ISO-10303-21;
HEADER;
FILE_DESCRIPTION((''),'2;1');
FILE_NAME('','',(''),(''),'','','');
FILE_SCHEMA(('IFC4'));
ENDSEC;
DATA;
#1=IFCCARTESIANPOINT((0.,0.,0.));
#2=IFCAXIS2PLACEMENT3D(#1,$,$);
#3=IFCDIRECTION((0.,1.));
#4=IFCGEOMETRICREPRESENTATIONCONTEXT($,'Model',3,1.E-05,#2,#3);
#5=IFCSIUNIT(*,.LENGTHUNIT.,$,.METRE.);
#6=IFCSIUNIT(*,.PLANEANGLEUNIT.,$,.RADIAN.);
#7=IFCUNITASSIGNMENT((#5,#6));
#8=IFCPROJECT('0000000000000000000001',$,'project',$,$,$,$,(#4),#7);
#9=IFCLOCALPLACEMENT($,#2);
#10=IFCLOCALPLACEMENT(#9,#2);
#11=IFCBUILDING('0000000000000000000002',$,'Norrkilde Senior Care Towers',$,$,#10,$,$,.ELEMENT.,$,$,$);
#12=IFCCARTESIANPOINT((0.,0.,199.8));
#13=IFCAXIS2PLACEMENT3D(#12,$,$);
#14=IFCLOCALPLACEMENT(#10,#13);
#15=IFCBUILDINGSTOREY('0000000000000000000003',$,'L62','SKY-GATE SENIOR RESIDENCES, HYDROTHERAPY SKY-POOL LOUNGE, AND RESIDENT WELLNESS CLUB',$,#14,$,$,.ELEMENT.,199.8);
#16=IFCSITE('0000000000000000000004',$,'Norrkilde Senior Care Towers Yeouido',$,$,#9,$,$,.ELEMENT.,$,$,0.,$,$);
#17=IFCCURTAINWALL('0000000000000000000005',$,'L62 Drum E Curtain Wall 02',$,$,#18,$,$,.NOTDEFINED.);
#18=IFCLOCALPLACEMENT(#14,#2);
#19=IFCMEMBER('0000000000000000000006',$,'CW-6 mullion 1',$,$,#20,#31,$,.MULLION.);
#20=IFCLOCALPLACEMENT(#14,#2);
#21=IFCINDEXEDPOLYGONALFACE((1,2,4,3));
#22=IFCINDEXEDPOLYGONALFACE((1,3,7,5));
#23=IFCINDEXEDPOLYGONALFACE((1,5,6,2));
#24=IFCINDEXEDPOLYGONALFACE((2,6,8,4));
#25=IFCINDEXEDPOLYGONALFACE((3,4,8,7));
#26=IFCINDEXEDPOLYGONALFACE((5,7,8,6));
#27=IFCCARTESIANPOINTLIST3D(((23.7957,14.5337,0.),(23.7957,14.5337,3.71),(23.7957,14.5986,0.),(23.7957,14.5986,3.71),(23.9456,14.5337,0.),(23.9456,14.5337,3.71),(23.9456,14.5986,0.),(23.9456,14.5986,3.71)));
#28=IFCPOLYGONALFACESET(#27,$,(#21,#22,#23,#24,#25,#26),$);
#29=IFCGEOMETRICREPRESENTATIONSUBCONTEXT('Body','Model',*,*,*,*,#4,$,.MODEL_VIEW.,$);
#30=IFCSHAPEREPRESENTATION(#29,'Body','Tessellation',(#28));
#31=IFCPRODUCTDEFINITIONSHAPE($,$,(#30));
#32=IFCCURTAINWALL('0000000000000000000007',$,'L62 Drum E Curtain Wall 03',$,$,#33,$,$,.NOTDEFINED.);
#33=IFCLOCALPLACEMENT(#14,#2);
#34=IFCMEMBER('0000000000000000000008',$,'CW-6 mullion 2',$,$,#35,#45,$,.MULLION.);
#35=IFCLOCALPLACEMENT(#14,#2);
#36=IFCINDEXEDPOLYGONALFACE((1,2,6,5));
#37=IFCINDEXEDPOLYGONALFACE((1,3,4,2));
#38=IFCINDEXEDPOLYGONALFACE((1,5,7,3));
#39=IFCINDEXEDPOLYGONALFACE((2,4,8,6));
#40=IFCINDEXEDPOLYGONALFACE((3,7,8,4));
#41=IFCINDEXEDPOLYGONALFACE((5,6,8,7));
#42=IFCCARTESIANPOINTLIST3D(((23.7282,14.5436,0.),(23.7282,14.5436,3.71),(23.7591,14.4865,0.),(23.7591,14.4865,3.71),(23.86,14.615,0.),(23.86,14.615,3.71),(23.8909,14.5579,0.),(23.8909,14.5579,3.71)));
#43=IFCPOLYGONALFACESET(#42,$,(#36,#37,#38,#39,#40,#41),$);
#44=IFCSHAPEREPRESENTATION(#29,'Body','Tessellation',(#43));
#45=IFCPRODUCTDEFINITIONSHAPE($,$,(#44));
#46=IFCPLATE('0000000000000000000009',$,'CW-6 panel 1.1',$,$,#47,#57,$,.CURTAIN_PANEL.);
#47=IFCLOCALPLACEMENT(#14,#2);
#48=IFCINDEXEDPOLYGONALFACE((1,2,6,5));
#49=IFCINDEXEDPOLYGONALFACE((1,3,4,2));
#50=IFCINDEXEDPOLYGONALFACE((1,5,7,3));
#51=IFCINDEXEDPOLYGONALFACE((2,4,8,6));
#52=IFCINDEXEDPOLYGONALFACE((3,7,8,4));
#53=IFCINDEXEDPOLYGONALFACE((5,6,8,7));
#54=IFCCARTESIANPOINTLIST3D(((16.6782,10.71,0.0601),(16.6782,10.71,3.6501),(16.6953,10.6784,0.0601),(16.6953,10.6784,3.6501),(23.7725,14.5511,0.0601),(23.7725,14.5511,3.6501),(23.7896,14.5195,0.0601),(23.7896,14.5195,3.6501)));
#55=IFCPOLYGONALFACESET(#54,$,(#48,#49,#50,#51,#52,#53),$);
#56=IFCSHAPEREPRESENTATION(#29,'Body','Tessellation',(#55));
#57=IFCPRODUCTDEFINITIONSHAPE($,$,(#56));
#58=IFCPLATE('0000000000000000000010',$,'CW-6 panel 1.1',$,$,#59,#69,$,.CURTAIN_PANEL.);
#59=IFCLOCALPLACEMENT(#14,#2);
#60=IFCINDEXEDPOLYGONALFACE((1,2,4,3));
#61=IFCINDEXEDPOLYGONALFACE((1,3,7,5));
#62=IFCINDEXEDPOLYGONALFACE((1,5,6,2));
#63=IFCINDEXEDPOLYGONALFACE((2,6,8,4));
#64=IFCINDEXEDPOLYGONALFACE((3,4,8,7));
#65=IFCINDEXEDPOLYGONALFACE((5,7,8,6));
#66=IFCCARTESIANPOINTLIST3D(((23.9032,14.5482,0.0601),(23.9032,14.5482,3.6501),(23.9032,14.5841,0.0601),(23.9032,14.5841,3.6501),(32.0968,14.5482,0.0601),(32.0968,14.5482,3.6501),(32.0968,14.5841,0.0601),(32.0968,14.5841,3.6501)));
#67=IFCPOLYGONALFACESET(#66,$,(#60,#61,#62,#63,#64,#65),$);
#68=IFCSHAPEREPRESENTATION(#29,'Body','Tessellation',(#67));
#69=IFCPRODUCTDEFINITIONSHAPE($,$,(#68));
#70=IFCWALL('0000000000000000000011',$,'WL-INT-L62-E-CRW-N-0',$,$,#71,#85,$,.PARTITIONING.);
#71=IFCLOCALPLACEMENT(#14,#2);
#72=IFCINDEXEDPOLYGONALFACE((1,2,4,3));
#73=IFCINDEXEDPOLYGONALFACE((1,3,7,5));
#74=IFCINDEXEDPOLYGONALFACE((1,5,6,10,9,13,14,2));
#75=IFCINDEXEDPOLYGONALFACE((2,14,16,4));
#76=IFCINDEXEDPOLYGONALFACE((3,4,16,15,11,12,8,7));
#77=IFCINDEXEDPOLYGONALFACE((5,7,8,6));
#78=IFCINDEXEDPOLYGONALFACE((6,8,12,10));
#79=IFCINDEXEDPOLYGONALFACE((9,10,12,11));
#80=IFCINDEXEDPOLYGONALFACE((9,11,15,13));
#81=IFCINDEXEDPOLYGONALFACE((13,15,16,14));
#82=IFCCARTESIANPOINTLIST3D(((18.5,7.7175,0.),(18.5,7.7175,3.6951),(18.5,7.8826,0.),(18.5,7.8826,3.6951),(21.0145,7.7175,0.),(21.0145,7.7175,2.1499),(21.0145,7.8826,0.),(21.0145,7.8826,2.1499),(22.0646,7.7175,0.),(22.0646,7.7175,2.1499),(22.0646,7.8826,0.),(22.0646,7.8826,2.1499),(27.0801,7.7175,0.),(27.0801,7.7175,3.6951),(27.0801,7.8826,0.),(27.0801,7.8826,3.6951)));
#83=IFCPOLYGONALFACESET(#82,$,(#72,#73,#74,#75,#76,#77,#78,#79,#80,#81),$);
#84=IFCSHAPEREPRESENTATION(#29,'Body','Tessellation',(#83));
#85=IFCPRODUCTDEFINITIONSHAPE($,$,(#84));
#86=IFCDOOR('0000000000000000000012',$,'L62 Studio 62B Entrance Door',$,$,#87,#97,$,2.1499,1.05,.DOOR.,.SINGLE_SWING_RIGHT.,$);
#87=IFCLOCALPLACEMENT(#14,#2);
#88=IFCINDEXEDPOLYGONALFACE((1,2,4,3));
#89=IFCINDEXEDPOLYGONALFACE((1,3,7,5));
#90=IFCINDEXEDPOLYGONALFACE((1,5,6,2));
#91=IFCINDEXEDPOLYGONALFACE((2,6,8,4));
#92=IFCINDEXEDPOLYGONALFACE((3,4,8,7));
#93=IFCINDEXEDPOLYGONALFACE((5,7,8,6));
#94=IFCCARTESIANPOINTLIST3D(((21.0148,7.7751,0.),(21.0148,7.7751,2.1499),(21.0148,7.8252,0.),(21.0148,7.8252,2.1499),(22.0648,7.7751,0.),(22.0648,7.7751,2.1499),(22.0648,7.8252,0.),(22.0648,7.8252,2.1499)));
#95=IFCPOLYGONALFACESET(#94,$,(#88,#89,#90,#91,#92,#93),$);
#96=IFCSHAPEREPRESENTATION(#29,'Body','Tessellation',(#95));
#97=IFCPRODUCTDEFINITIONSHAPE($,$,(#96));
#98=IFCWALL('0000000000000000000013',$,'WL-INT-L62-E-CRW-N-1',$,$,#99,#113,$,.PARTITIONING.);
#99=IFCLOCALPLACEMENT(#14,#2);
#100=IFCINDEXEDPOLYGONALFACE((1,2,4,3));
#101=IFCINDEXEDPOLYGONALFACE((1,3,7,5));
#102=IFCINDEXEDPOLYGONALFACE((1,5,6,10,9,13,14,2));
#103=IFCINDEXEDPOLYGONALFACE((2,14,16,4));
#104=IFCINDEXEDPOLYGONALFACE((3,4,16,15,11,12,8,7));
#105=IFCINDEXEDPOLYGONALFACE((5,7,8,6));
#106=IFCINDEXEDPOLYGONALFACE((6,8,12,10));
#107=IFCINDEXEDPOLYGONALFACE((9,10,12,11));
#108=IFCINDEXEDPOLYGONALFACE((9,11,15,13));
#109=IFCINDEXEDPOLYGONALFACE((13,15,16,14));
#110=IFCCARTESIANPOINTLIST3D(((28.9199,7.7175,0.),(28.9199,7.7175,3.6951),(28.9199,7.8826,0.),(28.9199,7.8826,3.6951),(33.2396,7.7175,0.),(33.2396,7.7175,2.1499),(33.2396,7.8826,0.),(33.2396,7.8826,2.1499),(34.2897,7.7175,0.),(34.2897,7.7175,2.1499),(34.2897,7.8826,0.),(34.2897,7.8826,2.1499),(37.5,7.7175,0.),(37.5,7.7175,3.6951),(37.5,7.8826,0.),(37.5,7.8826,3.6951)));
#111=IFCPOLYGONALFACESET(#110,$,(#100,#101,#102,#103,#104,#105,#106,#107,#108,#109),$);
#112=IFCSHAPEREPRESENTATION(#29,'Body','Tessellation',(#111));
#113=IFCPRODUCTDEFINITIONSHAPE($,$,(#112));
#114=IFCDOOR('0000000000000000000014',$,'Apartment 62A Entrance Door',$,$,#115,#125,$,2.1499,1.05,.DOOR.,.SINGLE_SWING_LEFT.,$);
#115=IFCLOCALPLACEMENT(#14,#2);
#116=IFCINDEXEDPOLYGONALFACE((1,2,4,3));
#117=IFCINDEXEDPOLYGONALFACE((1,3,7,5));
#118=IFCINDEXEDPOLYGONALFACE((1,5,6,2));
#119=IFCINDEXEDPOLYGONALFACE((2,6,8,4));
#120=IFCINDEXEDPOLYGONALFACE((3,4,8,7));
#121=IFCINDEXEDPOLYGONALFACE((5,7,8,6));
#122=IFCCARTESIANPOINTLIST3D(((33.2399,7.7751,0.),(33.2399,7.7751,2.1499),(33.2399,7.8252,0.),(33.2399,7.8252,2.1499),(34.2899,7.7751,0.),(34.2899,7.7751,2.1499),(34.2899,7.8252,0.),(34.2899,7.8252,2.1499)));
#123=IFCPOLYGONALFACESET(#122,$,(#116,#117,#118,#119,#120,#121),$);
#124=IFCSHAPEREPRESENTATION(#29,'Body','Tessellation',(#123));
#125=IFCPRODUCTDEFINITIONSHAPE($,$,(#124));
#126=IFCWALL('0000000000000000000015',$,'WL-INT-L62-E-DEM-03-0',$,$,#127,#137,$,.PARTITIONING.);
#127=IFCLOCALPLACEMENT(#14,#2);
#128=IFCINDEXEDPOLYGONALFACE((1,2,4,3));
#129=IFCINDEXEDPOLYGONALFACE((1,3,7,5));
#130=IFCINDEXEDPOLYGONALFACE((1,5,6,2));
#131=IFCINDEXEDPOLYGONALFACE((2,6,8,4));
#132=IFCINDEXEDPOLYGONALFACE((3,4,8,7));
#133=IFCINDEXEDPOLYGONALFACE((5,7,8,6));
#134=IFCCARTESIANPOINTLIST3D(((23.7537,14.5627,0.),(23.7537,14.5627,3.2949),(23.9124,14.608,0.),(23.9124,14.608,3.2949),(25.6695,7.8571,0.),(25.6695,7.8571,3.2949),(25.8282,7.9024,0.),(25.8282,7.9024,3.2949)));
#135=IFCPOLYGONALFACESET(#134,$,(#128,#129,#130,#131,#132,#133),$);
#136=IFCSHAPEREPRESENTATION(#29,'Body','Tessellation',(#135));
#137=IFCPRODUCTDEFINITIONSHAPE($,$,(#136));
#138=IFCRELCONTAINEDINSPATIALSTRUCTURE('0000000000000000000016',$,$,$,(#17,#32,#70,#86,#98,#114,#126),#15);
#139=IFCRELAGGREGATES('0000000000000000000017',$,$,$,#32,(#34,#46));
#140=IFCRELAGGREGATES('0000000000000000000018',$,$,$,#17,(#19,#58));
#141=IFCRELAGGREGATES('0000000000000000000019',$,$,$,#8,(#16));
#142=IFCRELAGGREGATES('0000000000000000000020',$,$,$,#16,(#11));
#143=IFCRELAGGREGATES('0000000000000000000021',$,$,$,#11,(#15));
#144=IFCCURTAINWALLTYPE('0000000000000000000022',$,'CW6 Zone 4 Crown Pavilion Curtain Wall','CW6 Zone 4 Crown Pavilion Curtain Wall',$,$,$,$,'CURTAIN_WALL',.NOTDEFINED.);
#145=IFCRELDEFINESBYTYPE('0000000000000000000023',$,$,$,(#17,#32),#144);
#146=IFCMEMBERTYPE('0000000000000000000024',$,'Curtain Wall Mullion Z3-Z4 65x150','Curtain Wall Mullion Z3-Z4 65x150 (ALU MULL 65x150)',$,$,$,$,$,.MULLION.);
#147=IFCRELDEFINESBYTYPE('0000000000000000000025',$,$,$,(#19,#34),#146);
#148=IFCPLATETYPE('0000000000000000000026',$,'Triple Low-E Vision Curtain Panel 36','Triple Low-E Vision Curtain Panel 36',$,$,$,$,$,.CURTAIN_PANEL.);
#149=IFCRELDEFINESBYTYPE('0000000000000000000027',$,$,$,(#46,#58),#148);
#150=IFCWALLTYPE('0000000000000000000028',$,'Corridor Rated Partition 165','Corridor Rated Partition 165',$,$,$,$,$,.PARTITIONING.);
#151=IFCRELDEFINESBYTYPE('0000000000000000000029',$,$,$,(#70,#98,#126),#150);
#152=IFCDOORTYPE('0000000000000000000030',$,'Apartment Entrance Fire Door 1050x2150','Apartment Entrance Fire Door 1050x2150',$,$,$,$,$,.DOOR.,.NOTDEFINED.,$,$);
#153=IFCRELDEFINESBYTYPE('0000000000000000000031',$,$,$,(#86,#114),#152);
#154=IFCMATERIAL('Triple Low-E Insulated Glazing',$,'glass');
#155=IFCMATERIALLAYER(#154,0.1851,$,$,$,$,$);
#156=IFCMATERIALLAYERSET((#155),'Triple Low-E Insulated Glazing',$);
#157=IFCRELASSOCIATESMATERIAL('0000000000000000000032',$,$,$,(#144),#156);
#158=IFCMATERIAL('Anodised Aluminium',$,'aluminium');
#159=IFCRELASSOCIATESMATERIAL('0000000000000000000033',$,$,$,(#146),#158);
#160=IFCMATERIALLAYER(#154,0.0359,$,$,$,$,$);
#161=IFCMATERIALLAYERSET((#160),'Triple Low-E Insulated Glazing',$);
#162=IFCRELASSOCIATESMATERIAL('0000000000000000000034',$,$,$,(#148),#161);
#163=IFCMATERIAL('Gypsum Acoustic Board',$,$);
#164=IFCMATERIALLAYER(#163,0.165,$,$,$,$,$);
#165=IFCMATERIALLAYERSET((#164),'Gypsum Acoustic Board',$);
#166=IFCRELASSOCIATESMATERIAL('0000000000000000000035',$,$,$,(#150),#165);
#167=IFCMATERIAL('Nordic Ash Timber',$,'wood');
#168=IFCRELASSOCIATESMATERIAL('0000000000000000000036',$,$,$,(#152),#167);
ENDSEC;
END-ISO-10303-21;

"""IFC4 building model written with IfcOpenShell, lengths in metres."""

from ifc_helpers import new_model, si_unit, direction, frame, frame_2d, origin, origin_2d, place, context, subcontext, project, spatial, rectangle, extrude, source, transform, mapped, material, layer, layer_set, material_profile, profile_set, type_object, type_shapes, element, fill, aggregate, save


model = new_model("IFC4")

# Units and contexts
model_context = context("Model", 3, precision=1e-05, world=origin(), true_north=direction((0.0, 1.0)))
body_context = subcontext(model_context, "Body", "Model", "MODEL_VIEW")
ifc_project = project(units=[si_unit("LENGTHUNIT", "METRE"), si_unit("PLANEANGLEUNIT", "RADIAN")], contexts=[model_context])

# Site, building, storey
site_placement = place(None, origin())
site = spatial("IfcSite", under=ifc_project, at=site_placement, Name="Norrkilde Senior Care Towers Yeouido", CompositionType="ELEMENT", RefElevation=0.0)
building_placement = place(site_placement, origin())
building = spatial("IfcBuilding", under=site, at=building_placement, Name="Norrkilde Senior Care Towers", CompositionType="ELEMENT")
storey_placement = place(building_placement, frame((0.0, 0.0, 199.8)))
storey = spatial("IfcBuildingStorey", under=building, at=storey_placement, Name="L62", Description="SKY-GATE SENIOR RESIDENCES, HYDROTHERAPY SKY-POOL LOUNGE, AND RESIDENT WELLNESS CLUB", CompositionType="ELEMENT", Elevation=199.8)

# Curtain wall, member
ifc_material_1 = material(Name="Triple Low-E Insulated Glazing", Category="glass")
ifc_layer_1 = layer(ifc_material_1, 0.1851)
ifc_layer_set_1 = layer_set([ifc_layer_1], Name="Triple Low-E Insulated Glazing")
curtain_wall_type = type_object("IfcCurtainWallType", Name="CW6 Zone 4 Crown Pavilion Curtain Wall", Description="CW6 Zone 4 Crown Pavilion Curtain Wall", ElementType="CURTAIN_WALL", PredefinedType="NOTDEFINED", material=ifc_layer_set_1)
curtain_wall_1_placement = place(storey_placement, origin())
curtain_wall_1 = element("IfcCurtainWall", 1, at=curtain_wall_1_placement, inside=storey, type_object=curtain_wall_type, Name="L62 Drum E Curtain Wall 02", PredefinedType="NOTDEFINED")
ifc_material_2 = material(Name="Anodised Aluminium", Category="aluminium")
ifc_material_profile_1 = material_profile(ifc_material_2, rectangle(XDim=0.0649, YDim=0.1499, at=origin_2d()), Name="ALU MULL 65x150")
ifc_profile_set_1 = profile_set([ifc_material_profile_1], Name="Anodised Aluminium")
member_type_1 = type_object("IfcMemberType", Name="Curtain Wall Mullion Z3-Z4 65x150", Description="Curtain Wall Mullion Z3-Z4 65x150 (ALU MULL 65x150)", PredefinedType="MULLION", material=ifc_profile_set_1)
shared_shape_1 = source(origin(), body_context, "Body", "SweptSolid", [
    extrude(rectangle(XDim=0.0649, YDim=0.1499, at=origin_2d()), origin(), (0.0, 0.0, 1.0), 3.71),
])
type_shapes(member_type_1, [shared_shape_1])
member_1_placement = place(storey_placement, frame((23.8706, 14.5662, 0.0), z_axis=(0.0, 0.0, 1.0), x_axis=(0.0, 1.0, 0.0)))
member_1 = element("IfcMember", 2, at=member_1_placement, type_object=member_type_1, Name="CW-6 mullion 1", PredefinedType="MULLION", context=body_context, shape_type="MappedRepresentation", body=[
    mapped(shared_shape_1, transform((0.0, 0.0, 0.0), x_axis=(1.0, 0.0, 0.0), y_axis=(0.0, 1.0, 0.0), z_axis=(0.0, 0.0, 1.0), scale=1.0)),
])

# Curtain wall, member, plate
curtain_wall_2_placement = place(storey_placement, origin())
curtain_wall_2 = element("IfcCurtainWall", 3, at=curtain_wall_2_placement, inside=storey, type_object=curtain_wall_type, Name="L62 Drum E Curtain Wall 03", PredefinedType="NOTDEFINED")
member_2_placement = place(storey_placement, frame((23.8096, 14.5508, 0.0), z_axis=(0.0, 0.0, 1.0), x_axis=(-0.476133, 0.879373, 0.0)))
member_2 = element("IfcMember", 4, at=member_2_placement, type_object=member_type_1, Name="CW-6 mullion 2", PredefinedType="MULLION", context=body_context, shape_type="MappedRepresentation", body=[
    mapped(shared_shape_1, transform((0.0, 0.0, 0.0), x_axis=(1.0, 0.0, 0.0), y_axis=(0.0, 1.0, 0.0), z_axis=(0.0, 0.0, 1.0), scale=1.0)),
])
ifc_layer_2 = layer(ifc_material_1, 0.0359)
ifc_layer_set_2 = layer_set([ifc_layer_2], Name="Triple Low-E Insulated Glazing")
plate_type = type_object("IfcPlateType", Name="Triple Low-E Vision Curtain Panel 36", Description="Triple Low-E Vision Curtain Panel 36", PredefinedType="CURTAIN_PANEL", material=ifc_layer_set_2)
shared_shape_2 = source(origin(), body_context, "Body", "SweptSolid", [
    extrude(rectangle(XDim=8.0674, YDim=0.0359, at=origin_2d()), origin(), (0.0, 0.0, 1.0), 3.5901),
])
plate_1_placement = place(storey_placement, frame((20.2339, 12.6147, 0.0601), z_axis=(0.0, 0.0, 1.0), x_axis=(0.879373, 0.476133, 0.0)))
plate_1 = element("IfcPlate", 5, at=plate_1_placement, type_object=plate_type, Name="CW-6 panel 1.1", PredefinedType="CURTAIN_PANEL", context=body_context, shape_type="MappedRepresentation", body=[
    mapped(shared_shape_2, transform((0.0, 0.0, 0.0), x_axis=(1.0, 0.0, 0.0), y_axis=(0.0, 1.0, 0.0), z_axis=(0.0, 0.0, 1.0), scale=1.0)),
])
aggregate(curtain_wall_2, [member_2, plate_1])

# Plate
shared_shape_3 = source(origin(), body_context, "Body", "SweptSolid", [
    extrude(rectangle(XDim=8.1936, YDim=0.0359, at=origin_2d()), origin(), (0.0, 0.0, 1.0), 3.5901),
])
type_shapes(plate_type, [shared_shape_2, shared_shape_3])
plate_2_placement = place(storey_placement, frame((28.0, 14.5662, 0.0601), z_axis=(0.0, 0.0, 1.0), x_axis=(1.0, 0.0, 0.0)))
plate_2 = element("IfcPlate", 6, at=plate_2_placement, type_object=plate_type, Name="CW-6 panel 1.1", PredefinedType="CURTAIN_PANEL", context=body_context, shape_type="MappedRepresentation", body=[
    mapped(shared_shape_3, transform((0.0, 0.0, 0.0), x_axis=(1.0, 0.0, 0.0), y_axis=(0.0, 1.0, 0.0), z_axis=(0.0, 0.0, 1.0), scale=1.0)),
])
aggregate(curtain_wall_1, [member_1, plate_2])

# Walls, openings, doors
ifc_material_3 = material(Name="Gypsum Acoustic Board")
ifc_layer_3 = layer(ifc_material_3, 0.165)
ifc_layer_set_3 = layer_set([ifc_layer_3], Name="Gypsum Acoustic Board")
wall_type_1 = type_object("IfcWallType", Name="Corridor Rated Partition 165", Description="Corridor Rated Partition 165", PredefinedType="PARTITIONING", material=ifc_layer_set_3)
shared_shape_4 = source(origin(), body_context, "Body", "SweptSolid", [
    extrude(rectangle(XDim=8.5801, YDim=0.165, at=frame_2d((4.29, 0.0))), origin(), (0.0, 0.0, 1.0), 3.6951),
])
wall_1_placement = place(storey_placement, frame((18.5, 7.8, 0.0), z_axis=(0.0, 0.0, 1.0), x_axis=(1.0, 0.0, 0.0)))
wall_1 = element("IfcWall", 7, at=wall_1_placement, inside=storey, type_object=wall_type_1, Name="WL-INT-L62-E-CRW-N-0", PredefinedType="PARTITIONING", context=body_context, shape_type="MappedRepresentation", body=[
    mapped(shared_shape_4, transform((0.0, 0.0, 0.0), x_axis=(1.0, 0.0, 0.0), y_axis=(0.0, 1.0, 0.0), z_axis=(0.0, 0.0, 1.0), scale=1.0)),
])
opening_1_placement = place(wall_1_placement, frame((2.5146, 0.0, 0.0)))
opening_1 = element("IfcOpeningElement", 8, at=opening_1_placement, cuts=wall_1, PredefinedType="OPENING", context=body_context, shape_type="SweptSolid", body=[
    extrude(rectangle(XDim=1.05, YDim=2.1499, at=frame_2d((0.5249, 1.075))), frame((0.0, 0.0925, 0.0), z_axis=(0.0, -1.0, 0.0), x_axis=(1.0, 0.0, 0.0)), (0.0, 0.0, 1.0), 0.1851),
])
ifc_material_4 = material(Name="Nordic Ash Timber", Category="wood")
door_type_1 = type_object("IfcDoorType", Name="Apartment Entrance Fire Door 1050x2150", Description="Apartment Entrance Fire Door 1050x2150", OperationType="NOTDEFINED", PredefinedType="DOOR", material=ifc_material_4)
shared_shape_5 = source(origin(), body_context, "Body", "SweptSolid", [
    extrude(rectangle(XDim=1.05, YDim=2.1499, at=frame_2d((0.5249, 1.075))), frame((0.0, 0.0249, 0.0), z_axis=(0.0, -1.0, 0.0), x_axis=(1.0, 0.0, 0.0)), (0.0, 0.0, 1.0), 0.05),
])
type_shapes(door_type_1, [shared_shape_5])
door_1_placement = place(opening_1_placement, frame((1.05, 0.0, 0.0), z_axis=(0.0, 0.0, 1.0), x_axis=(-1.0, 0.0, 0.0)))
door_1 = element("IfcDoor", 9, at=door_1_placement, inside=storey, type_object=door_type_1, Name="L62 Studio 62B Entrance Door", OperationType="SINGLE_SWING_RIGHT", OverallHeight=2.1499, OverallWidth=1.05, PredefinedType="DOOR", context=body_context, shape_type="MappedRepresentation", body=[
    mapped(shared_shape_5, transform((0.0, 0.0, 0.0), x_axis=(1.0, 0.0, 0.0), y_axis=(0.0, 1.0, 0.0), z_axis=(0.0, 0.0, 1.0), scale=1.0)),
])
fill(opening_1, door_1)
wall_2_placement = place(storey_placement, frame((28.9199, 7.8, 0.0), z_axis=(0.0, 0.0, 1.0), x_axis=(1.0, 0.0, 0.0)))
wall_2 = element("IfcWall", 10, at=wall_2_placement, inside=storey, type_object=wall_type_1, Name="WL-INT-L62-E-CRW-N-1", PredefinedType="PARTITIONING", context=body_context, shape_type="MappedRepresentation", body=[
    mapped(shared_shape_4, transform((0.0, 0.0, 0.0), x_axis=(1.0, 0.0, 0.0), y_axis=(0.0, 1.0, 0.0), z_axis=(0.0, 0.0, 1.0), scale=1.0)),
])
opening_2_placement = place(wall_2_placement, frame((4.3198, 0.0, 0.0)))
opening_2 = element("IfcOpeningElement", 11, at=opening_2_placement, cuts=wall_2, PredefinedType="OPENING", context=body_context, shape_type="SweptSolid", body=[
    extrude(rectangle(XDim=1.05, YDim=2.1499, at=frame_2d((0.5249, 1.075))), frame((0.0, 0.0925, 0.0), z_axis=(0.0, -1.0, 0.0), x_axis=(1.0, 0.0, 0.0)), (0.0, 0.0, 1.0), 0.1851),
])
door_2_placement = place(opening_2_placement, frame((1.05, 0.0, 0.0), z_axis=(0.0, 0.0, 1.0), x_axis=(-1.0, 0.0, 0.0)))
door_2 = element("IfcDoor", 12, at=door_2_placement, inside=storey, type_object=door_type_1, Name="Apartment 62A Entrance Door", OperationType="SINGLE_SWING_LEFT", OverallHeight=2.1499, OverallWidth=1.05, PredefinedType="DOOR", context=body_context, shape_type="MappedRepresentation", body=[
    mapped(shared_shape_5, transform((0.0, 0.0, 0.0), x_axis=(1.0, 0.0, 0.0), y_axis=(0.0, 1.0, 0.0), z_axis=(0.0, 0.0, 1.0), scale=1.0)),
])
fill(opening_2, door_2)

# Wall
shared_shape_6 = source(origin(), body_context, "Body", "SweptSolid", [
    extrude(rectangle(XDim=6.9739, YDim=0.165, at=frame_2d((3.4868, 0.0))), origin(), (0.0, 0.0, 1.0), 3.2949),
])
wall_3_placement = place(storey_placement, frame((25.7488, 7.8799, 0.0), z_axis=(0.0, 0.0, 1.0), x_axis=(-0.274707, 0.961528, 0.0)))
element("IfcWall", 13, at=wall_3_placement, inside=storey, type_object=wall_type_1, Name="WL-INT-L62-E-DEM-03-0", PredefinedType="PARTITIONING", context=body_context, shape_type="MappedRepresentation", body=[
    mapped(shared_shape_6, transform((0.0, 0.0, 0.0), x_axis=(1.0, 0.0, 0.0), y_axis=(0.0, 1.0, 0.0), z_axis=(0.0, 0.0, 1.0), scale=1.0)),
])

save(model, "model.ifc")
